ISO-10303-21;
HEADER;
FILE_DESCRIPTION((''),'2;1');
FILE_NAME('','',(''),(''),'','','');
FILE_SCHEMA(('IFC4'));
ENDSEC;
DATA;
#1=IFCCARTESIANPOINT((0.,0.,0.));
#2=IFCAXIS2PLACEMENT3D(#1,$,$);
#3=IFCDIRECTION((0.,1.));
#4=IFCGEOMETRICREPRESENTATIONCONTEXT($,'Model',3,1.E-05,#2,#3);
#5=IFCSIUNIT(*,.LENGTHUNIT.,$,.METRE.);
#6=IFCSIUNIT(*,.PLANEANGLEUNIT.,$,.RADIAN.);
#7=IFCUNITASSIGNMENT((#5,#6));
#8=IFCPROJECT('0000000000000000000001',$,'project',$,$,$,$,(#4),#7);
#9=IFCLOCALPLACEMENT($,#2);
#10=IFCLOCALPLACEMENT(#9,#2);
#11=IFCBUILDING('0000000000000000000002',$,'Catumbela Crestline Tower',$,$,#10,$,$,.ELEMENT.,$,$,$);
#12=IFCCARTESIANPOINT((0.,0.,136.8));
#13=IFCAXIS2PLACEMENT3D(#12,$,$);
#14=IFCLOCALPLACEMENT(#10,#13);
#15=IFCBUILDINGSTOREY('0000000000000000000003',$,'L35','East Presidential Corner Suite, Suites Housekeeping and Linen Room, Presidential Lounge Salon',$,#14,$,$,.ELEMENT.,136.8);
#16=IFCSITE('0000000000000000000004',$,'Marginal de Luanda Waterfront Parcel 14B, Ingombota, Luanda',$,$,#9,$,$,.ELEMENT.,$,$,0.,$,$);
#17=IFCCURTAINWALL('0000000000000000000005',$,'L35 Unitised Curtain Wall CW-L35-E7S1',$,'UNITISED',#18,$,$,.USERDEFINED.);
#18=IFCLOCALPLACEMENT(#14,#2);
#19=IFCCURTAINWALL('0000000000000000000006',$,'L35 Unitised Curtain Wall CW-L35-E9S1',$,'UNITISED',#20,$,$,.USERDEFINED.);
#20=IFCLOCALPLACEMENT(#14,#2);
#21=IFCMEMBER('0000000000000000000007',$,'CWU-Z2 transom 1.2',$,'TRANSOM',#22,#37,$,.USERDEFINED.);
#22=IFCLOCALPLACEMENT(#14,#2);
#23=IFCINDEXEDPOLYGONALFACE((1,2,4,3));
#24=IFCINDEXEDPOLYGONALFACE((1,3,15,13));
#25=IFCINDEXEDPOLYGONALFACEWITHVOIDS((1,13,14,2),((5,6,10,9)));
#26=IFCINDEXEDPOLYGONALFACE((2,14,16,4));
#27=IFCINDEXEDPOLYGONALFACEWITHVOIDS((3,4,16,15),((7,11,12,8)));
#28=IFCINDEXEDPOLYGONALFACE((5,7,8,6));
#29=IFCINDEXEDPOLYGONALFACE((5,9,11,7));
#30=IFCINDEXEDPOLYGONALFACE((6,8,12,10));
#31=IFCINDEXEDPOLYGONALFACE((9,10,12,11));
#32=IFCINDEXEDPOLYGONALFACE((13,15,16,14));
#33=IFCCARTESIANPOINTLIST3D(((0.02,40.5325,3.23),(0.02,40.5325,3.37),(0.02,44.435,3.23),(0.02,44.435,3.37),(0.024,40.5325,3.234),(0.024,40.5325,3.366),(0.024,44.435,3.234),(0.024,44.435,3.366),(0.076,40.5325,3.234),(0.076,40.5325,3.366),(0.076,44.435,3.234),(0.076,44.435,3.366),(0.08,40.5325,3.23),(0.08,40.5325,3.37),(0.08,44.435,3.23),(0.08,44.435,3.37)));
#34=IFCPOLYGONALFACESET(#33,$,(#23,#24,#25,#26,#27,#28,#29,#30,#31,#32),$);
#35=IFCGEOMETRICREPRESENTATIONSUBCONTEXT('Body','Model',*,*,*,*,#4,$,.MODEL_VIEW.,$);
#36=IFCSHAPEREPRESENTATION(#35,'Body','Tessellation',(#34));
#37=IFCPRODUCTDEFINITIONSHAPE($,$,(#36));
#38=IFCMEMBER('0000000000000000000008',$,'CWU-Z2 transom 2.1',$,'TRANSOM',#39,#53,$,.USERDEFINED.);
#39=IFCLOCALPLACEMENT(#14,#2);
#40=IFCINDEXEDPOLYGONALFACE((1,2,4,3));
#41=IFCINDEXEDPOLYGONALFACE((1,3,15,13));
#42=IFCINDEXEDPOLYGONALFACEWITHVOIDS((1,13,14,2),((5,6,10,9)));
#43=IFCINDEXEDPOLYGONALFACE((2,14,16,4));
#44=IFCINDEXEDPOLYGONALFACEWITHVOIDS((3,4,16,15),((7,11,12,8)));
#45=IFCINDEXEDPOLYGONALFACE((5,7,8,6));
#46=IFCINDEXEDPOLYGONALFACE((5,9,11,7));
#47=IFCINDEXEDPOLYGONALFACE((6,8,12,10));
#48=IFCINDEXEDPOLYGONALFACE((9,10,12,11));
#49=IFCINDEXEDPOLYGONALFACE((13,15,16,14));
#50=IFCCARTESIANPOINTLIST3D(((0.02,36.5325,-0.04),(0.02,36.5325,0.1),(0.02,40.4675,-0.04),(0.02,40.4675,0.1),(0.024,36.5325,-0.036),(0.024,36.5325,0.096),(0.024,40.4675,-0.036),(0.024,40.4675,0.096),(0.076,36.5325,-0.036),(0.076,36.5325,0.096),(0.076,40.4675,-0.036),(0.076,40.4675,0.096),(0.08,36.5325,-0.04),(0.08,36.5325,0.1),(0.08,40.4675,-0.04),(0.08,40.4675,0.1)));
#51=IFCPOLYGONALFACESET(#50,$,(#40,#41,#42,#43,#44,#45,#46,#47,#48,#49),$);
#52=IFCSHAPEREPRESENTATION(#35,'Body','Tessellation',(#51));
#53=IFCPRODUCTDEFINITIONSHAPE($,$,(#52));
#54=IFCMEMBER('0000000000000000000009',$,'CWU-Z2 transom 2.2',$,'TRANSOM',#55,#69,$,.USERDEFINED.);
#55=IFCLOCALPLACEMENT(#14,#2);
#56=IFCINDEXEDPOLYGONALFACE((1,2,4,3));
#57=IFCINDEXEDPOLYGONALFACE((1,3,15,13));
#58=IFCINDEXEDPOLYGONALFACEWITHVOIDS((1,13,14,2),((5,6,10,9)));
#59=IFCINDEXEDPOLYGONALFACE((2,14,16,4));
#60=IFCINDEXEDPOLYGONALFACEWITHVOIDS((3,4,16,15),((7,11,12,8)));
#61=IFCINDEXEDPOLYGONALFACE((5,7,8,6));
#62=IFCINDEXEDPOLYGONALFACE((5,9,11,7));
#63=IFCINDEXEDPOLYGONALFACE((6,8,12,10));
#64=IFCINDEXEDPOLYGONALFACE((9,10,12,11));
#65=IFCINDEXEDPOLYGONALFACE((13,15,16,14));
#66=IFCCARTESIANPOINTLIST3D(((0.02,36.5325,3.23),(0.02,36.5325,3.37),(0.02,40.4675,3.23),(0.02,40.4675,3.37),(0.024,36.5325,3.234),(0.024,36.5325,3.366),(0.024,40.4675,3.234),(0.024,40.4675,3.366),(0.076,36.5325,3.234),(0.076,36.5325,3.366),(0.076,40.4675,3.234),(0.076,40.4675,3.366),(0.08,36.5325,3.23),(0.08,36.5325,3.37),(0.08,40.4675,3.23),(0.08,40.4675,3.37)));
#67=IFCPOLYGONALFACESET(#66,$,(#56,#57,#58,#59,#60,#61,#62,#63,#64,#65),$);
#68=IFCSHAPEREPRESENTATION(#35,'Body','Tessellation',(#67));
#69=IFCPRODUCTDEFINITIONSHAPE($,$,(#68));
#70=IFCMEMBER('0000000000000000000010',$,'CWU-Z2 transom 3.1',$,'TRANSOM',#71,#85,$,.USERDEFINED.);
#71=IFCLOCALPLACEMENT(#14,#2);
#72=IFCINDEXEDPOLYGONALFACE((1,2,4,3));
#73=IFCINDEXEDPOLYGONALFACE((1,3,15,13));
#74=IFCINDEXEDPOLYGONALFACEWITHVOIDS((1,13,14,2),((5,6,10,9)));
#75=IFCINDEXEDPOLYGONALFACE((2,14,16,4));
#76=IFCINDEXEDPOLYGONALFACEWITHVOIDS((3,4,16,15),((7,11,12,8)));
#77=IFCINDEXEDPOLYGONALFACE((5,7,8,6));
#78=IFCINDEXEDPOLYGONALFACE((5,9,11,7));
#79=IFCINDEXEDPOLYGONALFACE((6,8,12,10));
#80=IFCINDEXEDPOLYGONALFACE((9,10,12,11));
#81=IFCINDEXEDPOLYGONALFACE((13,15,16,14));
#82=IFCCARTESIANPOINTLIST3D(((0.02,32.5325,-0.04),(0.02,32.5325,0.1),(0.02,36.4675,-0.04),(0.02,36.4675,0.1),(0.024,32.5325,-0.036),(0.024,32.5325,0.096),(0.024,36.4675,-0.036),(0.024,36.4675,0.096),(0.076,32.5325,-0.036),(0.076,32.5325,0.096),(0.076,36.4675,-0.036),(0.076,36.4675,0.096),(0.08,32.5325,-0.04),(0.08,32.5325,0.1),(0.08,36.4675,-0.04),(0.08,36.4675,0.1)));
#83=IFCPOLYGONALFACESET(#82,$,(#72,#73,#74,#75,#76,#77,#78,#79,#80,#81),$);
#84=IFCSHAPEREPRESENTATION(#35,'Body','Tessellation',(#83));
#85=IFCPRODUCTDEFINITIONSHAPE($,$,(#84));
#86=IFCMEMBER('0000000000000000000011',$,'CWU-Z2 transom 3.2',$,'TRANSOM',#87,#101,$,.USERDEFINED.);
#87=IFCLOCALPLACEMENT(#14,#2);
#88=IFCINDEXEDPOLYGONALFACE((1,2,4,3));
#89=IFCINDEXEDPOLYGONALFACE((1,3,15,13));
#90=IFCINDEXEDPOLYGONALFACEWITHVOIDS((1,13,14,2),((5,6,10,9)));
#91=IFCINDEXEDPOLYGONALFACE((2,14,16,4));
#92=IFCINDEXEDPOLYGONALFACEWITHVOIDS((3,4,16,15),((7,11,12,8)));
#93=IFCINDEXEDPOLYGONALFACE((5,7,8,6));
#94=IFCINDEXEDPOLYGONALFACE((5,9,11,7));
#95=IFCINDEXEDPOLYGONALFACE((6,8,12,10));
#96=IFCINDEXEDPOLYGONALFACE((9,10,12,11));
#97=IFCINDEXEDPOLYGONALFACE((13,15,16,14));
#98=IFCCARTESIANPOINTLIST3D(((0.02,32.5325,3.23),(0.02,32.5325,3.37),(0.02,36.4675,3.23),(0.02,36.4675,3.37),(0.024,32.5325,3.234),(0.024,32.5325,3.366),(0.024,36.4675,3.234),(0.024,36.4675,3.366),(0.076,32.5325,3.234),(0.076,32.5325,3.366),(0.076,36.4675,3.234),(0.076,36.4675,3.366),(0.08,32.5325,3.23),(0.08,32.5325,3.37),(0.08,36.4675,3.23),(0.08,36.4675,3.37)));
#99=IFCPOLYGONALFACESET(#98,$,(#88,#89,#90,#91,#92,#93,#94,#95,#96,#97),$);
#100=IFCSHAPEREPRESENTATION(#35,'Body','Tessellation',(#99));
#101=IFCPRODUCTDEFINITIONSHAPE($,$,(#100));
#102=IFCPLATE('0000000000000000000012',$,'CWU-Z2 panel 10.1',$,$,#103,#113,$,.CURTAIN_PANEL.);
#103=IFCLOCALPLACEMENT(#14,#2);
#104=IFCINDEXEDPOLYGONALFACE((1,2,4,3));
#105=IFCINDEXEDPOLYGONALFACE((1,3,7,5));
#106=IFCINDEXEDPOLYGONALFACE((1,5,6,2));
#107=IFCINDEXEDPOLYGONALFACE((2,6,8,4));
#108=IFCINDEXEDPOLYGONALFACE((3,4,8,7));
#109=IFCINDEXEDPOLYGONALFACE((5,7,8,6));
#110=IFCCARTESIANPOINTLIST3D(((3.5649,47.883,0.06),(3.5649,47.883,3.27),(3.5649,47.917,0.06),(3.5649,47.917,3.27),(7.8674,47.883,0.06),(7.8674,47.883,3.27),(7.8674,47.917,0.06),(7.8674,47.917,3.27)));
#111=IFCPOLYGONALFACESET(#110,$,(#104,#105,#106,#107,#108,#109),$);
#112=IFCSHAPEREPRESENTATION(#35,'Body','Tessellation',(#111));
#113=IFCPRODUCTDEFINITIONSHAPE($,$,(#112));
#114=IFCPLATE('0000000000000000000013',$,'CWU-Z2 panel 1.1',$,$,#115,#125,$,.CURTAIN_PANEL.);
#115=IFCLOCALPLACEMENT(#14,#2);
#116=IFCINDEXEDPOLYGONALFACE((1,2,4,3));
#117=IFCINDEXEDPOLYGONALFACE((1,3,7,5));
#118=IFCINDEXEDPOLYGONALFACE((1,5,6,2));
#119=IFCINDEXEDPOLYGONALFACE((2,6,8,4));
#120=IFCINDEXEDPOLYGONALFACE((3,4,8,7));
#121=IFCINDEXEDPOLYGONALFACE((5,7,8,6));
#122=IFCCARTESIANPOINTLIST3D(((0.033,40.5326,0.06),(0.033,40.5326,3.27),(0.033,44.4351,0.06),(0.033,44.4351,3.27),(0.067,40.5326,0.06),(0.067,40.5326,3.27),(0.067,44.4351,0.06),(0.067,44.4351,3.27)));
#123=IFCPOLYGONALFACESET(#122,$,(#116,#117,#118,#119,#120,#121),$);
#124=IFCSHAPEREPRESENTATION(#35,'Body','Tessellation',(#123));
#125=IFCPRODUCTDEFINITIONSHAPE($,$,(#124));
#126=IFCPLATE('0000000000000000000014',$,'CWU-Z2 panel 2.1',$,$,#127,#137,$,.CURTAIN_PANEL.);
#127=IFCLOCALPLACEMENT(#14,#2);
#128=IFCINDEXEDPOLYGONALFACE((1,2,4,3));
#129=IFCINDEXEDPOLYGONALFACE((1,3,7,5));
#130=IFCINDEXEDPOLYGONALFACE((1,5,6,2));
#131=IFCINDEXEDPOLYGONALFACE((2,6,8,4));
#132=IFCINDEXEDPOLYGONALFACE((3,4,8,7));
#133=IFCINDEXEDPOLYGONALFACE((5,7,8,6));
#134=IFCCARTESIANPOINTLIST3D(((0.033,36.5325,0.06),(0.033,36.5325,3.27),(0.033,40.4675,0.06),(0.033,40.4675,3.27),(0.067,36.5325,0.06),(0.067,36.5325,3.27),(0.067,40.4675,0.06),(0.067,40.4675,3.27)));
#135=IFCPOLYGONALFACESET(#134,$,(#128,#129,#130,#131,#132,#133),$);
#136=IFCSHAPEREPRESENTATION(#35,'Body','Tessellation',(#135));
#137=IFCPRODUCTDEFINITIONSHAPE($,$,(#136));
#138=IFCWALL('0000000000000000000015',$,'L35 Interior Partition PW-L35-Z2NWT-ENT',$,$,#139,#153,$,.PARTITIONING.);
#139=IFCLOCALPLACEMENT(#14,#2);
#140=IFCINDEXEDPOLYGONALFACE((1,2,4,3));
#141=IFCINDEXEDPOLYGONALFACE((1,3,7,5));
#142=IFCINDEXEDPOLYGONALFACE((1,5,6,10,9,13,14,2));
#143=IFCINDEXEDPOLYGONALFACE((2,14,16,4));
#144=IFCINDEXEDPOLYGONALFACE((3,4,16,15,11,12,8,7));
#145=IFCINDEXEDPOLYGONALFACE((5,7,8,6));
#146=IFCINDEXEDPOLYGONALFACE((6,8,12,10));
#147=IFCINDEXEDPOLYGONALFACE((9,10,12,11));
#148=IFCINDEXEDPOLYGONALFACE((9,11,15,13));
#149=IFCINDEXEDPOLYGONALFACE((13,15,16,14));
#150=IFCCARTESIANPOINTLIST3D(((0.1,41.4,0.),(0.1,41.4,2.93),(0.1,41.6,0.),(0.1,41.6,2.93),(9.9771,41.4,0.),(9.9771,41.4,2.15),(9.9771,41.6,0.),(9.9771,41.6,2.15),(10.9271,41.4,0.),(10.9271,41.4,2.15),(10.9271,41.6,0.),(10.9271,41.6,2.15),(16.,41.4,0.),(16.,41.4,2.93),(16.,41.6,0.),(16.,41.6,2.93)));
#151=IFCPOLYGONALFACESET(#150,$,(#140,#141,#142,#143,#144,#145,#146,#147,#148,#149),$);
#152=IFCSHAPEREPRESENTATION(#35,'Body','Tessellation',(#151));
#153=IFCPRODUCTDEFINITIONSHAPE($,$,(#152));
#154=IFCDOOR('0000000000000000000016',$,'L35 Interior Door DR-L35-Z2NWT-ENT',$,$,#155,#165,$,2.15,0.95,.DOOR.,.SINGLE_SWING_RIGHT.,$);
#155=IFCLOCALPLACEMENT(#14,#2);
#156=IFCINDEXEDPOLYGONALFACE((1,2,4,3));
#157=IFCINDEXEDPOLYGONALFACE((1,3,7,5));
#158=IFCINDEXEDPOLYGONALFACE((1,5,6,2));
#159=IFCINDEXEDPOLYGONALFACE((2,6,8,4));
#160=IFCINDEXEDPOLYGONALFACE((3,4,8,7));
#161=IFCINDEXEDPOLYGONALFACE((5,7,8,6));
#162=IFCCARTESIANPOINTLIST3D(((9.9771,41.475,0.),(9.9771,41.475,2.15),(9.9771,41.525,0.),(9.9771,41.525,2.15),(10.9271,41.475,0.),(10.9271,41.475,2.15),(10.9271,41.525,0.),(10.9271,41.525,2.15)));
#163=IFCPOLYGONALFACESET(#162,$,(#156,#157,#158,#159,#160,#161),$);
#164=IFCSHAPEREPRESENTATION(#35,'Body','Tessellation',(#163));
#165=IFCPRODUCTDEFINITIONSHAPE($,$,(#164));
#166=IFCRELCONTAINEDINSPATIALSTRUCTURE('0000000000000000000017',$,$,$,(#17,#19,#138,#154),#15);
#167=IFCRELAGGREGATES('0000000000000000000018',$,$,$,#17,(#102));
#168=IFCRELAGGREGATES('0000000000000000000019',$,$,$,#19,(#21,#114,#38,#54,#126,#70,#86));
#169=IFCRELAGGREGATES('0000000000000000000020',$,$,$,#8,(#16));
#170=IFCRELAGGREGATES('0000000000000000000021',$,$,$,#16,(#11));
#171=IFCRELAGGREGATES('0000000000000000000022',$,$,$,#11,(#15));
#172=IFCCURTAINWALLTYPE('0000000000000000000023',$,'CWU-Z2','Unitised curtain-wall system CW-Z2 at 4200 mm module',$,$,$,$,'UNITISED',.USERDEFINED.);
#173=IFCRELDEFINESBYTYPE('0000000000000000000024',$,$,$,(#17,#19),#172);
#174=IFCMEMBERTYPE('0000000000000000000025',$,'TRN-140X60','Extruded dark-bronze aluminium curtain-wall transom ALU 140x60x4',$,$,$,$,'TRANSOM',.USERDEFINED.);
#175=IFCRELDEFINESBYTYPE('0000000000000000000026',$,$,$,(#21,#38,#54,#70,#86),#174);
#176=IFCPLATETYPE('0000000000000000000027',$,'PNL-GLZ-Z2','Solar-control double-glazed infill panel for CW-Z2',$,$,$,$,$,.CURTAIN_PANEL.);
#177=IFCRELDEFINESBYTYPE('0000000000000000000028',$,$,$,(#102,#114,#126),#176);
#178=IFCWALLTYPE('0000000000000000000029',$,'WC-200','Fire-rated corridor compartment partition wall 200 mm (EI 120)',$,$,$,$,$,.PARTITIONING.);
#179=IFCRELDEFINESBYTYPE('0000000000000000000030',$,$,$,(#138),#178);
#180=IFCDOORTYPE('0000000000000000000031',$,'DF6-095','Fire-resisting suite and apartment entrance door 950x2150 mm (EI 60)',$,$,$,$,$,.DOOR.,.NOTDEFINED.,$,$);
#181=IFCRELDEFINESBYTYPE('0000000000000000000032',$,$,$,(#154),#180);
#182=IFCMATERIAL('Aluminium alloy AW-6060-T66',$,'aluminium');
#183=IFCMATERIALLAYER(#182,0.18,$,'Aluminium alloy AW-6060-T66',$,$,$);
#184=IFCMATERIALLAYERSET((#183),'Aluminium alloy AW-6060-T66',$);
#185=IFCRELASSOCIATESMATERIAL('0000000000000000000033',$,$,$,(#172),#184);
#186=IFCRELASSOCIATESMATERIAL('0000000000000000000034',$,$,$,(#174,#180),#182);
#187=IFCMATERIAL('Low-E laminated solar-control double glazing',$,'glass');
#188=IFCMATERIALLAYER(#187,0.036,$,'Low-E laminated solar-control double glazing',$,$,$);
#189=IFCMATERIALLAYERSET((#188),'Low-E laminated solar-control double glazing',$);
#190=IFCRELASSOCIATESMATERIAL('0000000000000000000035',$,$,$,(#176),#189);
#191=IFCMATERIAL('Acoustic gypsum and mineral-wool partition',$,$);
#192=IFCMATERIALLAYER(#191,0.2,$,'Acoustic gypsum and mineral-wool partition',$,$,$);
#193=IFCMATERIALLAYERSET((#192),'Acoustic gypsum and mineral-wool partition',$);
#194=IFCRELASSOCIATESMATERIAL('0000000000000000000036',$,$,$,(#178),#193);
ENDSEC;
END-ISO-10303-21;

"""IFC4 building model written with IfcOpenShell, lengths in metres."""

from ifc_helpers import new_model, si_unit, direction, frame, frame_2d, origin, origin_2d, place, context, subcontext, project, spatial, rectangle, hollow_rectangle, extrude, material, layer, layer_set, material_profile, profile_set, type_object, element, fill, aggregate, save


model = new_model("IFC4")

# Units and contexts
model_context = context("Model", 3, precision=1e-05, world=origin(), true_north=direction((0.0, 1.0)))
body_context = subcontext(model_context, "Body", "Model", "MODEL_VIEW")
ifc_project = project(units=[si_unit("LENGTHUNIT", "METRE"), si_unit("PLANEANGLEUNIT", "RADIAN")], contexts=[model_context])

# Site, building, storey
site_placement = place(None, origin())
site = spatial("IfcSite", under=ifc_project, at=site_placement, Name="Marginal de Luanda Waterfront Parcel 14B, Ingombota, Luanda", CompositionType="ELEMENT", RefElevation=0.0)
building_placement = place(site_placement, origin())
building = spatial("IfcBuilding", under=site, at=building_placement, Name="Catumbela Crestline Tower", CompositionType="ELEMENT")
storey_placement = place(building_placement, frame((0.0, 0.0, 136.8)))
storey = spatial("IfcBuildingStorey", under=building, at=storey_placement, Name="L35", Description="East Presidential Corner Suite, Suites Housekeeping and Linen Room, Presidential Lounge Salon", CompositionType="ELEMENT", Elevation=136.8)

# Curtain wall
ifc_material_1 = material(Name="Aluminium alloy AW-6060-T66", Category="aluminium")
ifc_layer_1 = layer(ifc_material_1, 0.18, Name="Aluminium alloy AW-6060-T66")
ifc_layer_set_1 = layer_set([ifc_layer_1], Name="Aluminium alloy AW-6060-T66")
curtain_wall_type = type_object("IfcCurtainWallType", Name="CWU-Z2", Description="Unitised curtain-wall system CW-Z2 at 4200 mm module", ElementType="UNITISED", PredefinedType="USERDEFINED", material=ifc_layer_set_1)
curtain_wall_1_placement = place(storey_placement, origin())
curtain_wall_1 = element("IfcCurtainWall", 1, at=curtain_wall_1_placement, inside=storey, type_object=curtain_wall_type, Name="L35 Unitised Curtain Wall CW-L35-E7S1", ObjectType="UNITISED", PredefinedType="USERDEFINED")

# Curtain wall
curtain_wall_2_placement = place(storey_placement, origin())
curtain_wall_2 = element("IfcCurtainWall", 2, at=curtain_wall_2_placement, inside=storey, type_object=curtain_wall_type, Name="L35 Unitised Curtain Wall CW-L35-E9S1", ObjectType="UNITISED", PredefinedType="USERDEFINED")

# Members
ifc_material_profile_1 = material_profile(ifc_material_1, hollow_rectangle(XDim=0.06, YDim=0.14, WallThickness=0.004, at=origin_2d()), Name="ALU 140x60x4")
ifc_profile_set_1 = profile_set([ifc_material_profile_1], Name="Aluminium alloy AW-6060-T66")
member_type_1 = type_object("IfcMemberType", Name="TRN-140X60", Description="Extruded dark-bronze aluminium curtain-wall transom ALU 140x60x4", ElementType="TRANSOM", PredefinedType="USERDEFINED", material=ifc_profile_set_1)
member_1_placement = place(storey_placement, frame((0.05, 44.435, 3.3), z_axis=(0.0, -1.0, 0.0), x_axis=(1.0, 0.0, 0.0)))
member_1 = element("IfcMember", 3, at=member_1_placement, type_object=member_type_1, Name="CWU-Z2 transom 1.2", ObjectType="TRANSOM", PredefinedType="USERDEFINED", context=body_context, shape_type="SweptSolid", body=[
    extrude(hollow_rectangle(XDim=0.06, YDim=0.14, WallThickness=0.004, at=origin_2d()), origin(), (0.0, 0.0, 1.0), 3.9025),
])
member_2_placement = place(storey_placement, frame((0.05, 40.4675, 0.03), z_axis=(0.0, -1.0, 0.0), x_axis=(1.0, 0.0, 0.0)))
member_2 = element("IfcMember", 4, at=member_2_placement, type_object=member_type_1, Name="CWU-Z2 transom 2.1", ObjectType="TRANSOM", PredefinedType="USERDEFINED", context=body_context, shape_type="SweptSolid", body=[
    extrude(hollow_rectangle(XDim=0.06, YDim=0.14, WallThickness=0.004, at=origin_2d()), origin(), (0.0, 0.0, 1.0), 3.935),
])
member_3_placement = place(storey_placement, frame((0.05, 40.4675, 3.3), z_axis=(0.0, -1.0, 0.0), x_axis=(1.0, 0.0, 0.0)))
member_3 = element("IfcMember", 5, at=member_3_placement, type_object=member_type_1, Name="CWU-Z2 transom 2.2", ObjectType="TRANSOM", PredefinedType="USERDEFINED", context=body_context, shape_type="SweptSolid", body=[
    extrude(hollow_rectangle(XDim=0.06, YDim=0.14, WallThickness=0.004, at=origin_2d()), origin(), (0.0, 0.0, 1.0), 3.935),
])
member_4_placement = place(storey_placement, frame((0.05, 36.4675, 0.03), z_axis=(0.0, -1.0, 0.0), x_axis=(1.0, 0.0, 0.0)))
member_4 = element("IfcMember", 6, at=member_4_placement, type_object=member_type_1, Name="CWU-Z2 transom 3.1", ObjectType="TRANSOM", PredefinedType="USERDEFINED", context=body_context, shape_type="SweptSolid", body=[
    extrude(hollow_rectangle(XDim=0.06, YDim=0.14, WallThickness=0.004, at=origin_2d()), origin(), (0.0, 0.0, 1.0), 3.935),
])
member_5_placement = place(storey_placement, frame((0.05, 36.4675, 3.3), z_axis=(0.0, -1.0, 0.0), x_axis=(1.0, 0.0, 0.0)))
member_5 = element("IfcMember", 7, at=member_5_placement, type_object=member_type_1, Name="CWU-Z2 transom 3.2", ObjectType="TRANSOM", PredefinedType="USERDEFINED", context=body_context, shape_type="SweptSolid", body=[
    extrude(hollow_rectangle(XDim=0.06, YDim=0.14, WallThickness=0.004, at=origin_2d()), origin(), (0.0, 0.0, 1.0), 3.935),
])

# Plates
ifc_material_2 = material(Name="Low-E laminated solar-control double glazing", Category="glass")
ifc_layer_2 = layer(ifc_material_2, 0.036, Name="Low-E laminated solar-control double glazing")
ifc_layer_set_2 = layer_set([ifc_layer_2], Name="Low-E laminated solar-control double glazing")
plate_type = type_object("IfcPlateType", Name="PNL-GLZ-Z2", Description="Solar-control double-glazed infill panel for CW-Z2", PredefinedType="CURTAIN_PANEL", material=ifc_layer_set_2)
plate_1_placement = place(storey_placement, frame((5.7162, 47.9, 0.06), z_axis=(0.0, 0.0, 1.0), x_axis=(-1.0, 0.0, 0.0)))
plate_1 = element("IfcPlate", 8, at=plate_1_placement, type_object=plate_type, Name="CWU-Z2 panel 10.1", PredefinedType="CURTAIN_PANEL", context=body_context, shape_type="SweptSolid", body=[
    extrude(rectangle(XDim=4.3025, YDim=0.034, at=origin_2d()), origin(), (0.0, 0.0, 1.0), 3.21),
])
aggregate(curtain_wall_1, [plate_1])
plate_2_placement = place(storey_placement, frame((0.05, 42.4838, 0.06), z_axis=(0.0, 0.0, 1.0), x_axis=(0.0, -1.0, 0.0)))
plate_2 = element("IfcPlate", 9, at=plate_2_placement, type_object=plate_type, Name="CWU-Z2 panel 1.1", PredefinedType="CURTAIN_PANEL", context=body_context, shape_type="SweptSolid", body=[
    extrude(rectangle(XDim=3.9025, YDim=0.034, at=origin_2d()), origin(), (0.0, 0.0, 1.0), 3.21),
])
plate_3_placement = place(storey_placement, frame((0.05, 38.5, 0.06), z_axis=(0.0, 0.0, 1.0), x_axis=(0.0, -1.0, 0.0)))
plate_3 = element("IfcPlate", 10, at=plate_3_placement, type_object=plate_type, Name="CWU-Z2 panel 2.1", PredefinedType="CURTAIN_PANEL", context=body_context, shape_type="SweptSolid", body=[
    extrude(rectangle(XDim=3.935, YDim=0.034, at=origin_2d()), origin(), (0.0, 0.0, 1.0), 3.21),
])
aggregate(curtain_wall_2, [member_1, plate_2, member_2, member_3, plate_3, member_4, member_5])

# Wall, opening, door
ifc_material_3 = material(Name="Acoustic gypsum and mineral-wool partition")
ifc_layer_3 = layer(ifc_material_3, 0.2, Name="Acoustic gypsum and mineral-wool partition")
ifc_layer_set_3 = layer_set([ifc_layer_3], Name="Acoustic gypsum and mineral-wool partition")
wall_type_1 = type_object("IfcWallType", Name="WC-200", Description="Fire-rated corridor compartment partition wall 200 mm (EI 120)", PredefinedType="PARTITIONING", material=ifc_layer_set_3)
wall_1_placement = place(storey_placement, frame((0.1, 41.5, 0.0), z_axis=(0.0, 0.0, 1.0), x_axis=(1.0, 0.0, 0.0)))
wall_1 = element("IfcWall", 11, at=wall_1_placement, inside=storey, type_object=wall_type_1, Name="L35 Interior Partition PW-L35-Z2NWT-ENT", PredefinedType="PARTITIONING", context=body_context, shape_type="SweptSolid", body=[
    extrude(rectangle(XDim=15.9, YDim=0.2, at=frame_2d((7.95, 0.0))), origin(), (0.0, 0.0, 1.0), 2.93),
])
opening_1_placement = place(wall_1_placement, frame((9.8771, 0.0, 0.0)))
opening_1 = element("IfcOpeningElement", 12, at=opening_1_placement, cuts=wall_1, PredefinedType="OPENING", context=body_context, shape_type="SweptSolid", body=[
    extrude(rectangle(XDim=0.95, YDim=2.15, at=frame_2d((0.475, 1.075))), frame((0.0, 0.11, 0.0), z_axis=(0.0, -1.0, 0.0), x_axis=(1.0, 0.0, 0.0)), (0.0, 0.0, 1.0), 0.22),
])
door_type_1 = type_object("IfcDoorType", Name="DF6-095", Description="Fire-resisting suite and apartment entrance door 950x2150 mm (EI 60)", OperationType="NOTDEFINED", PredefinedType="DOOR", material=ifc_material_1)
door_1_placement = place(opening_1_placement, origin())
door_1 = element("IfcDoor", 13, at=door_1_placement, inside=storey, type_object=door_type_1, Name="L35 Interior Door DR-L35-Z2NWT-ENT", OperationType="SINGLE_SWING_RIGHT", OverallHeight=2.15, OverallWidth=0.95, PredefinedType="DOOR", context=body_context, shape_type="SweptSolid", body=[
    extrude(rectangle(XDim=0.95, YDim=2.15, at=frame_2d((0.475, 1.075))), frame((0.0, 0.025, 0.0), z_axis=(0.0, -1.0, 0.0), x_axis=(1.0, 0.0, 0.0)), (0.0, 0.0, 1.0), 0.05),
])
fill(opening_1, door_1)

save(model, "model.ifc")
